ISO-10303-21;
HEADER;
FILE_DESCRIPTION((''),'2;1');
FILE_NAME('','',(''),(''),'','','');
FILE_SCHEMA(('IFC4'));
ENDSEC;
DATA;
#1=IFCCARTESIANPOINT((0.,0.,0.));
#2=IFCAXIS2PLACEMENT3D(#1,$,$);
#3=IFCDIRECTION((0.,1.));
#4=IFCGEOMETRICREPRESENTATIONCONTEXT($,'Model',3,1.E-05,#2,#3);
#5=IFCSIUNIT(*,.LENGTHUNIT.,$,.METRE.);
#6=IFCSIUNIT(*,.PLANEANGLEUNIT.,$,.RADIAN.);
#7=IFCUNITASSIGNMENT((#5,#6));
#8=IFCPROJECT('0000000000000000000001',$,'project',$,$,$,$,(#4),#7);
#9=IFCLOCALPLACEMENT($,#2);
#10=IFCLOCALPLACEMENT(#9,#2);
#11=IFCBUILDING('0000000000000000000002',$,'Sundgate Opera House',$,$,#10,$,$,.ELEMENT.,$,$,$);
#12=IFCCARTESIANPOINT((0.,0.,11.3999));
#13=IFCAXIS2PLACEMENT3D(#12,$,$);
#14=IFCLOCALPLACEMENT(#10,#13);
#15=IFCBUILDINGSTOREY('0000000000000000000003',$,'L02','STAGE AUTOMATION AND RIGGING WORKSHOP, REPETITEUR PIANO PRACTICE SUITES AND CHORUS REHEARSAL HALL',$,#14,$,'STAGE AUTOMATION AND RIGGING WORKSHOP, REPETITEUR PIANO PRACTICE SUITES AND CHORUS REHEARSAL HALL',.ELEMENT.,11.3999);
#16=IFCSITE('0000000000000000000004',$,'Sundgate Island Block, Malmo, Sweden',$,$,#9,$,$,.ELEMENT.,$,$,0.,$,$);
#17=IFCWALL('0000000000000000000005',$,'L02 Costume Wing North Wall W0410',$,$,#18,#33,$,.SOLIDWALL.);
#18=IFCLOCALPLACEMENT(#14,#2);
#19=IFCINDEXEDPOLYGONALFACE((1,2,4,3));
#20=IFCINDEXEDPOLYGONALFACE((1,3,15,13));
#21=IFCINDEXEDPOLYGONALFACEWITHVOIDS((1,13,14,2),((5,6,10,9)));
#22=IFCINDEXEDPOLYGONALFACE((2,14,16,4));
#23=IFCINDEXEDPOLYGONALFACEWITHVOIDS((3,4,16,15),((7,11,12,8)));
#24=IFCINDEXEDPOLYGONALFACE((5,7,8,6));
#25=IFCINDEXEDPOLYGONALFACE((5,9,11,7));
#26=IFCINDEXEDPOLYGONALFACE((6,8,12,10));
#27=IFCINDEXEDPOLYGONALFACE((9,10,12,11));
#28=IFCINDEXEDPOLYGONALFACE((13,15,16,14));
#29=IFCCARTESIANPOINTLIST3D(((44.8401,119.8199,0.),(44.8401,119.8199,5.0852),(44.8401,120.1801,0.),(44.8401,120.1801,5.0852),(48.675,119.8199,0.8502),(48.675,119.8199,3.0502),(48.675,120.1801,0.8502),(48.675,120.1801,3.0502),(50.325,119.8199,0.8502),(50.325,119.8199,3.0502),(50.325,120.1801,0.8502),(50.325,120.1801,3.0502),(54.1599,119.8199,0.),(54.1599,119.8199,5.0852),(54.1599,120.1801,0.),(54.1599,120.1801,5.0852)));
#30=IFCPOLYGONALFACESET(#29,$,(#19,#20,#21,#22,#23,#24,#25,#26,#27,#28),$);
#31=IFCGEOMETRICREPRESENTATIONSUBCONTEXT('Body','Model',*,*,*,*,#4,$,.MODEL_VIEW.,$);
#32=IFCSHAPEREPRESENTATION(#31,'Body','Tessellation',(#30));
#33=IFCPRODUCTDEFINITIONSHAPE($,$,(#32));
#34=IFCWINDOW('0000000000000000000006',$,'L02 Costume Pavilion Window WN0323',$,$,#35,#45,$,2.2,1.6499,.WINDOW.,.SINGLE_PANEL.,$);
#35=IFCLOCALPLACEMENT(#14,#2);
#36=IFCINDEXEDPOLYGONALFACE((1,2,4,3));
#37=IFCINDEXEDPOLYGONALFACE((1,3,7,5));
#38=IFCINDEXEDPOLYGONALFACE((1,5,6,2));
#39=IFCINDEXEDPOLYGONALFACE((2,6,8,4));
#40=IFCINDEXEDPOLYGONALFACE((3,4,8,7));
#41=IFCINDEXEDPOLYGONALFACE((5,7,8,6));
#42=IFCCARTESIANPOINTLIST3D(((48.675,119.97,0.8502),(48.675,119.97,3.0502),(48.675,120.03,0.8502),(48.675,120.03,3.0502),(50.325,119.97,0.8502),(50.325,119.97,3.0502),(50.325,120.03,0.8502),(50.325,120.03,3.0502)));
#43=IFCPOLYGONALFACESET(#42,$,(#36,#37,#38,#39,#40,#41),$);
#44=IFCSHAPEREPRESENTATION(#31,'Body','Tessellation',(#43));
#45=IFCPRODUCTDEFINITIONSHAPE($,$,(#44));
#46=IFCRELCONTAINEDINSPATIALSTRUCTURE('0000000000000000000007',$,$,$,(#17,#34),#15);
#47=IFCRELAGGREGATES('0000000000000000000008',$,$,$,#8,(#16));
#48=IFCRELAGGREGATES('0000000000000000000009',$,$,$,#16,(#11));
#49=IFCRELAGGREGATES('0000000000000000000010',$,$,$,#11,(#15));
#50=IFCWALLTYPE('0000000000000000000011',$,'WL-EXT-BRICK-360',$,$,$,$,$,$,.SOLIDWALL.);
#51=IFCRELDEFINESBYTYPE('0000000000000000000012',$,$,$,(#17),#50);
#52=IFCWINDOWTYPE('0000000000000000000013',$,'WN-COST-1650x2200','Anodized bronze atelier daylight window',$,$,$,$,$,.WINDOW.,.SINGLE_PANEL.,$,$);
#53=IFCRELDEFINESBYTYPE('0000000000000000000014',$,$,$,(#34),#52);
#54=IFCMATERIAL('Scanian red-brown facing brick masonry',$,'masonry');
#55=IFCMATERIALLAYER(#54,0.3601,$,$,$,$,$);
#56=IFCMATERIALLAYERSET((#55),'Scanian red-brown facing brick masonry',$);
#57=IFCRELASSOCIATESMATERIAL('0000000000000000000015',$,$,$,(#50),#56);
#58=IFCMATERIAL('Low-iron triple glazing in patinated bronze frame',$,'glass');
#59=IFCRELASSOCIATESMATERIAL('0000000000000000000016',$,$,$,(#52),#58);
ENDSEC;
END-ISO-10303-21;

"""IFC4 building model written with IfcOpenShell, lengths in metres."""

from ifc_helpers import new_model, si_unit, direction, frame, frame_2d, origin, place, context, subcontext, project, spatial, rectangle, extrude, material, layer, layer_set, type_object, element, fill, save


model = new_model("IFC4")

# Units and contexts
model_context = context("Model", 3, precision=1e-05, world=origin(), true_north=direction((0.0, 1.0)))
body_context = subcontext(model_context, "Body", "Model", "MODEL_VIEW")
ifc_project = project(units=[si_unit("LENGTHUNIT", "METRE"), si_unit("PLANEANGLEUNIT", "RADIAN")], contexts=[model_context])

# Site, building, storey
site_placement = place(None, origin())
site = spatial("IfcSite", under=ifc_project, at=site_placement, Name="Sundgate Island Block, Malmo, Sweden", CompositionType="ELEMENT", RefElevation=0.0)
building_placement = place(site_placement, origin())
building = spatial("IfcBuilding", under=site, at=building_placement, Name="Sundgate Opera House", CompositionType="ELEMENT")
storey_placement = place(building_placement, frame((0.0, 0.0, 11.3999)))
storey = spatial("IfcBuildingStorey", under=building, at=storey_placement, Name="L02", Description="STAGE AUTOMATION AND RIGGING WORKSHOP, REPETITEUR PIANO PRACTICE SUITES AND CHORUS REHEARSAL HALL", LongName="STAGE AUTOMATION AND RIGGING WORKSHOP, REPETITEUR PIANO PRACTICE SUITES AND CHORUS REHEARSAL HALL", CompositionType="ELEMENT", Elevation=11.3999)

# Wall, opening, window
ifc_material_1 = material(Name="Scanian red-brown facing brick masonry", Category="masonry")
ifc_layer = layer(ifc_material_1, 0.3601)
ifc_layer_set = layer_set([ifc_layer], Name="Scanian red-brown facing brick masonry")
wall_type = type_object("IfcWallType", Name="WL-EXT-BRICK-360", PredefinedType="SOLIDWALL", material=ifc_layer_set)
wall_placement = place(storey_placement, frame((44.8401, 120.0, 0.0), z_axis=(0.0, 0.0, 1.0), x_axis=(1.0, 0.0, 0.0)))
wall = element("IfcWall", 1, at=wall_placement, inside=storey, type_object=wall_type, Name="L02 Costume Wing North Wall W0410", PredefinedType="SOLIDWALL", context=body_context, shape_type="SweptSolid", body=[
    extrude(rectangle(XDim=9.3198, YDim=0.3601, at=frame_2d((4.6599, 0.0))), origin(), (0.0, 0.0, 1.0), 5.0852),
])
opening_placement = place(wall_placement, frame((3.835, 0.0, 0.8501)))
opening = element("IfcOpeningElement", 2, at=opening_placement, cuts=wall, PredefinedType="OPENING", context=body_context, shape_type="SweptSolid", body=[
    extrude(rectangle(XDim=1.6499, YDim=2.2, at=frame_2d((0.825, 1.1001))), frame((0.0, 0.1899, 0.0), z_axis=(0.0, -1.0, 0.0), x_axis=(1.0, 0.0, 0.0)), (0.0, 0.0, 1.0), 0.3801),
])
ifc_material_2 = material(Name="Low-iron triple glazing in patinated bronze frame", Category="glass")
window_type = type_object("IfcWindowType", Name="WN-COST-1650x2200", Description="Anodized bronze atelier daylight window", PartitioningType="SINGLE_PANEL", PredefinedType="WINDOW", material=ifc_material_2)
window_placement = place(opening_placement, origin())
window = element("IfcWindow", 3, at=window_placement, inside=storey, type_object=window_type, Name="L02 Costume Pavilion Window WN0323", OverallHeight=2.2, OverallWidth=1.6499, PartitioningType="SINGLE_PANEL", PredefinedType="WINDOW", context=body_context, shape_type="SweptSolid", body=[
    extrude(rectangle(XDim=1.6499, YDim=2.2, at=frame_2d((0.825, 1.1001))), frame((0.0, 0.03, 0.0), z_axis=(0.0, -1.0, 0.0), x_axis=(1.0, 0.0, 0.0)), (0.0, 0.0, 1.0), 0.0601),
])
fill(opening, window)

save(model, "model.ifc")
